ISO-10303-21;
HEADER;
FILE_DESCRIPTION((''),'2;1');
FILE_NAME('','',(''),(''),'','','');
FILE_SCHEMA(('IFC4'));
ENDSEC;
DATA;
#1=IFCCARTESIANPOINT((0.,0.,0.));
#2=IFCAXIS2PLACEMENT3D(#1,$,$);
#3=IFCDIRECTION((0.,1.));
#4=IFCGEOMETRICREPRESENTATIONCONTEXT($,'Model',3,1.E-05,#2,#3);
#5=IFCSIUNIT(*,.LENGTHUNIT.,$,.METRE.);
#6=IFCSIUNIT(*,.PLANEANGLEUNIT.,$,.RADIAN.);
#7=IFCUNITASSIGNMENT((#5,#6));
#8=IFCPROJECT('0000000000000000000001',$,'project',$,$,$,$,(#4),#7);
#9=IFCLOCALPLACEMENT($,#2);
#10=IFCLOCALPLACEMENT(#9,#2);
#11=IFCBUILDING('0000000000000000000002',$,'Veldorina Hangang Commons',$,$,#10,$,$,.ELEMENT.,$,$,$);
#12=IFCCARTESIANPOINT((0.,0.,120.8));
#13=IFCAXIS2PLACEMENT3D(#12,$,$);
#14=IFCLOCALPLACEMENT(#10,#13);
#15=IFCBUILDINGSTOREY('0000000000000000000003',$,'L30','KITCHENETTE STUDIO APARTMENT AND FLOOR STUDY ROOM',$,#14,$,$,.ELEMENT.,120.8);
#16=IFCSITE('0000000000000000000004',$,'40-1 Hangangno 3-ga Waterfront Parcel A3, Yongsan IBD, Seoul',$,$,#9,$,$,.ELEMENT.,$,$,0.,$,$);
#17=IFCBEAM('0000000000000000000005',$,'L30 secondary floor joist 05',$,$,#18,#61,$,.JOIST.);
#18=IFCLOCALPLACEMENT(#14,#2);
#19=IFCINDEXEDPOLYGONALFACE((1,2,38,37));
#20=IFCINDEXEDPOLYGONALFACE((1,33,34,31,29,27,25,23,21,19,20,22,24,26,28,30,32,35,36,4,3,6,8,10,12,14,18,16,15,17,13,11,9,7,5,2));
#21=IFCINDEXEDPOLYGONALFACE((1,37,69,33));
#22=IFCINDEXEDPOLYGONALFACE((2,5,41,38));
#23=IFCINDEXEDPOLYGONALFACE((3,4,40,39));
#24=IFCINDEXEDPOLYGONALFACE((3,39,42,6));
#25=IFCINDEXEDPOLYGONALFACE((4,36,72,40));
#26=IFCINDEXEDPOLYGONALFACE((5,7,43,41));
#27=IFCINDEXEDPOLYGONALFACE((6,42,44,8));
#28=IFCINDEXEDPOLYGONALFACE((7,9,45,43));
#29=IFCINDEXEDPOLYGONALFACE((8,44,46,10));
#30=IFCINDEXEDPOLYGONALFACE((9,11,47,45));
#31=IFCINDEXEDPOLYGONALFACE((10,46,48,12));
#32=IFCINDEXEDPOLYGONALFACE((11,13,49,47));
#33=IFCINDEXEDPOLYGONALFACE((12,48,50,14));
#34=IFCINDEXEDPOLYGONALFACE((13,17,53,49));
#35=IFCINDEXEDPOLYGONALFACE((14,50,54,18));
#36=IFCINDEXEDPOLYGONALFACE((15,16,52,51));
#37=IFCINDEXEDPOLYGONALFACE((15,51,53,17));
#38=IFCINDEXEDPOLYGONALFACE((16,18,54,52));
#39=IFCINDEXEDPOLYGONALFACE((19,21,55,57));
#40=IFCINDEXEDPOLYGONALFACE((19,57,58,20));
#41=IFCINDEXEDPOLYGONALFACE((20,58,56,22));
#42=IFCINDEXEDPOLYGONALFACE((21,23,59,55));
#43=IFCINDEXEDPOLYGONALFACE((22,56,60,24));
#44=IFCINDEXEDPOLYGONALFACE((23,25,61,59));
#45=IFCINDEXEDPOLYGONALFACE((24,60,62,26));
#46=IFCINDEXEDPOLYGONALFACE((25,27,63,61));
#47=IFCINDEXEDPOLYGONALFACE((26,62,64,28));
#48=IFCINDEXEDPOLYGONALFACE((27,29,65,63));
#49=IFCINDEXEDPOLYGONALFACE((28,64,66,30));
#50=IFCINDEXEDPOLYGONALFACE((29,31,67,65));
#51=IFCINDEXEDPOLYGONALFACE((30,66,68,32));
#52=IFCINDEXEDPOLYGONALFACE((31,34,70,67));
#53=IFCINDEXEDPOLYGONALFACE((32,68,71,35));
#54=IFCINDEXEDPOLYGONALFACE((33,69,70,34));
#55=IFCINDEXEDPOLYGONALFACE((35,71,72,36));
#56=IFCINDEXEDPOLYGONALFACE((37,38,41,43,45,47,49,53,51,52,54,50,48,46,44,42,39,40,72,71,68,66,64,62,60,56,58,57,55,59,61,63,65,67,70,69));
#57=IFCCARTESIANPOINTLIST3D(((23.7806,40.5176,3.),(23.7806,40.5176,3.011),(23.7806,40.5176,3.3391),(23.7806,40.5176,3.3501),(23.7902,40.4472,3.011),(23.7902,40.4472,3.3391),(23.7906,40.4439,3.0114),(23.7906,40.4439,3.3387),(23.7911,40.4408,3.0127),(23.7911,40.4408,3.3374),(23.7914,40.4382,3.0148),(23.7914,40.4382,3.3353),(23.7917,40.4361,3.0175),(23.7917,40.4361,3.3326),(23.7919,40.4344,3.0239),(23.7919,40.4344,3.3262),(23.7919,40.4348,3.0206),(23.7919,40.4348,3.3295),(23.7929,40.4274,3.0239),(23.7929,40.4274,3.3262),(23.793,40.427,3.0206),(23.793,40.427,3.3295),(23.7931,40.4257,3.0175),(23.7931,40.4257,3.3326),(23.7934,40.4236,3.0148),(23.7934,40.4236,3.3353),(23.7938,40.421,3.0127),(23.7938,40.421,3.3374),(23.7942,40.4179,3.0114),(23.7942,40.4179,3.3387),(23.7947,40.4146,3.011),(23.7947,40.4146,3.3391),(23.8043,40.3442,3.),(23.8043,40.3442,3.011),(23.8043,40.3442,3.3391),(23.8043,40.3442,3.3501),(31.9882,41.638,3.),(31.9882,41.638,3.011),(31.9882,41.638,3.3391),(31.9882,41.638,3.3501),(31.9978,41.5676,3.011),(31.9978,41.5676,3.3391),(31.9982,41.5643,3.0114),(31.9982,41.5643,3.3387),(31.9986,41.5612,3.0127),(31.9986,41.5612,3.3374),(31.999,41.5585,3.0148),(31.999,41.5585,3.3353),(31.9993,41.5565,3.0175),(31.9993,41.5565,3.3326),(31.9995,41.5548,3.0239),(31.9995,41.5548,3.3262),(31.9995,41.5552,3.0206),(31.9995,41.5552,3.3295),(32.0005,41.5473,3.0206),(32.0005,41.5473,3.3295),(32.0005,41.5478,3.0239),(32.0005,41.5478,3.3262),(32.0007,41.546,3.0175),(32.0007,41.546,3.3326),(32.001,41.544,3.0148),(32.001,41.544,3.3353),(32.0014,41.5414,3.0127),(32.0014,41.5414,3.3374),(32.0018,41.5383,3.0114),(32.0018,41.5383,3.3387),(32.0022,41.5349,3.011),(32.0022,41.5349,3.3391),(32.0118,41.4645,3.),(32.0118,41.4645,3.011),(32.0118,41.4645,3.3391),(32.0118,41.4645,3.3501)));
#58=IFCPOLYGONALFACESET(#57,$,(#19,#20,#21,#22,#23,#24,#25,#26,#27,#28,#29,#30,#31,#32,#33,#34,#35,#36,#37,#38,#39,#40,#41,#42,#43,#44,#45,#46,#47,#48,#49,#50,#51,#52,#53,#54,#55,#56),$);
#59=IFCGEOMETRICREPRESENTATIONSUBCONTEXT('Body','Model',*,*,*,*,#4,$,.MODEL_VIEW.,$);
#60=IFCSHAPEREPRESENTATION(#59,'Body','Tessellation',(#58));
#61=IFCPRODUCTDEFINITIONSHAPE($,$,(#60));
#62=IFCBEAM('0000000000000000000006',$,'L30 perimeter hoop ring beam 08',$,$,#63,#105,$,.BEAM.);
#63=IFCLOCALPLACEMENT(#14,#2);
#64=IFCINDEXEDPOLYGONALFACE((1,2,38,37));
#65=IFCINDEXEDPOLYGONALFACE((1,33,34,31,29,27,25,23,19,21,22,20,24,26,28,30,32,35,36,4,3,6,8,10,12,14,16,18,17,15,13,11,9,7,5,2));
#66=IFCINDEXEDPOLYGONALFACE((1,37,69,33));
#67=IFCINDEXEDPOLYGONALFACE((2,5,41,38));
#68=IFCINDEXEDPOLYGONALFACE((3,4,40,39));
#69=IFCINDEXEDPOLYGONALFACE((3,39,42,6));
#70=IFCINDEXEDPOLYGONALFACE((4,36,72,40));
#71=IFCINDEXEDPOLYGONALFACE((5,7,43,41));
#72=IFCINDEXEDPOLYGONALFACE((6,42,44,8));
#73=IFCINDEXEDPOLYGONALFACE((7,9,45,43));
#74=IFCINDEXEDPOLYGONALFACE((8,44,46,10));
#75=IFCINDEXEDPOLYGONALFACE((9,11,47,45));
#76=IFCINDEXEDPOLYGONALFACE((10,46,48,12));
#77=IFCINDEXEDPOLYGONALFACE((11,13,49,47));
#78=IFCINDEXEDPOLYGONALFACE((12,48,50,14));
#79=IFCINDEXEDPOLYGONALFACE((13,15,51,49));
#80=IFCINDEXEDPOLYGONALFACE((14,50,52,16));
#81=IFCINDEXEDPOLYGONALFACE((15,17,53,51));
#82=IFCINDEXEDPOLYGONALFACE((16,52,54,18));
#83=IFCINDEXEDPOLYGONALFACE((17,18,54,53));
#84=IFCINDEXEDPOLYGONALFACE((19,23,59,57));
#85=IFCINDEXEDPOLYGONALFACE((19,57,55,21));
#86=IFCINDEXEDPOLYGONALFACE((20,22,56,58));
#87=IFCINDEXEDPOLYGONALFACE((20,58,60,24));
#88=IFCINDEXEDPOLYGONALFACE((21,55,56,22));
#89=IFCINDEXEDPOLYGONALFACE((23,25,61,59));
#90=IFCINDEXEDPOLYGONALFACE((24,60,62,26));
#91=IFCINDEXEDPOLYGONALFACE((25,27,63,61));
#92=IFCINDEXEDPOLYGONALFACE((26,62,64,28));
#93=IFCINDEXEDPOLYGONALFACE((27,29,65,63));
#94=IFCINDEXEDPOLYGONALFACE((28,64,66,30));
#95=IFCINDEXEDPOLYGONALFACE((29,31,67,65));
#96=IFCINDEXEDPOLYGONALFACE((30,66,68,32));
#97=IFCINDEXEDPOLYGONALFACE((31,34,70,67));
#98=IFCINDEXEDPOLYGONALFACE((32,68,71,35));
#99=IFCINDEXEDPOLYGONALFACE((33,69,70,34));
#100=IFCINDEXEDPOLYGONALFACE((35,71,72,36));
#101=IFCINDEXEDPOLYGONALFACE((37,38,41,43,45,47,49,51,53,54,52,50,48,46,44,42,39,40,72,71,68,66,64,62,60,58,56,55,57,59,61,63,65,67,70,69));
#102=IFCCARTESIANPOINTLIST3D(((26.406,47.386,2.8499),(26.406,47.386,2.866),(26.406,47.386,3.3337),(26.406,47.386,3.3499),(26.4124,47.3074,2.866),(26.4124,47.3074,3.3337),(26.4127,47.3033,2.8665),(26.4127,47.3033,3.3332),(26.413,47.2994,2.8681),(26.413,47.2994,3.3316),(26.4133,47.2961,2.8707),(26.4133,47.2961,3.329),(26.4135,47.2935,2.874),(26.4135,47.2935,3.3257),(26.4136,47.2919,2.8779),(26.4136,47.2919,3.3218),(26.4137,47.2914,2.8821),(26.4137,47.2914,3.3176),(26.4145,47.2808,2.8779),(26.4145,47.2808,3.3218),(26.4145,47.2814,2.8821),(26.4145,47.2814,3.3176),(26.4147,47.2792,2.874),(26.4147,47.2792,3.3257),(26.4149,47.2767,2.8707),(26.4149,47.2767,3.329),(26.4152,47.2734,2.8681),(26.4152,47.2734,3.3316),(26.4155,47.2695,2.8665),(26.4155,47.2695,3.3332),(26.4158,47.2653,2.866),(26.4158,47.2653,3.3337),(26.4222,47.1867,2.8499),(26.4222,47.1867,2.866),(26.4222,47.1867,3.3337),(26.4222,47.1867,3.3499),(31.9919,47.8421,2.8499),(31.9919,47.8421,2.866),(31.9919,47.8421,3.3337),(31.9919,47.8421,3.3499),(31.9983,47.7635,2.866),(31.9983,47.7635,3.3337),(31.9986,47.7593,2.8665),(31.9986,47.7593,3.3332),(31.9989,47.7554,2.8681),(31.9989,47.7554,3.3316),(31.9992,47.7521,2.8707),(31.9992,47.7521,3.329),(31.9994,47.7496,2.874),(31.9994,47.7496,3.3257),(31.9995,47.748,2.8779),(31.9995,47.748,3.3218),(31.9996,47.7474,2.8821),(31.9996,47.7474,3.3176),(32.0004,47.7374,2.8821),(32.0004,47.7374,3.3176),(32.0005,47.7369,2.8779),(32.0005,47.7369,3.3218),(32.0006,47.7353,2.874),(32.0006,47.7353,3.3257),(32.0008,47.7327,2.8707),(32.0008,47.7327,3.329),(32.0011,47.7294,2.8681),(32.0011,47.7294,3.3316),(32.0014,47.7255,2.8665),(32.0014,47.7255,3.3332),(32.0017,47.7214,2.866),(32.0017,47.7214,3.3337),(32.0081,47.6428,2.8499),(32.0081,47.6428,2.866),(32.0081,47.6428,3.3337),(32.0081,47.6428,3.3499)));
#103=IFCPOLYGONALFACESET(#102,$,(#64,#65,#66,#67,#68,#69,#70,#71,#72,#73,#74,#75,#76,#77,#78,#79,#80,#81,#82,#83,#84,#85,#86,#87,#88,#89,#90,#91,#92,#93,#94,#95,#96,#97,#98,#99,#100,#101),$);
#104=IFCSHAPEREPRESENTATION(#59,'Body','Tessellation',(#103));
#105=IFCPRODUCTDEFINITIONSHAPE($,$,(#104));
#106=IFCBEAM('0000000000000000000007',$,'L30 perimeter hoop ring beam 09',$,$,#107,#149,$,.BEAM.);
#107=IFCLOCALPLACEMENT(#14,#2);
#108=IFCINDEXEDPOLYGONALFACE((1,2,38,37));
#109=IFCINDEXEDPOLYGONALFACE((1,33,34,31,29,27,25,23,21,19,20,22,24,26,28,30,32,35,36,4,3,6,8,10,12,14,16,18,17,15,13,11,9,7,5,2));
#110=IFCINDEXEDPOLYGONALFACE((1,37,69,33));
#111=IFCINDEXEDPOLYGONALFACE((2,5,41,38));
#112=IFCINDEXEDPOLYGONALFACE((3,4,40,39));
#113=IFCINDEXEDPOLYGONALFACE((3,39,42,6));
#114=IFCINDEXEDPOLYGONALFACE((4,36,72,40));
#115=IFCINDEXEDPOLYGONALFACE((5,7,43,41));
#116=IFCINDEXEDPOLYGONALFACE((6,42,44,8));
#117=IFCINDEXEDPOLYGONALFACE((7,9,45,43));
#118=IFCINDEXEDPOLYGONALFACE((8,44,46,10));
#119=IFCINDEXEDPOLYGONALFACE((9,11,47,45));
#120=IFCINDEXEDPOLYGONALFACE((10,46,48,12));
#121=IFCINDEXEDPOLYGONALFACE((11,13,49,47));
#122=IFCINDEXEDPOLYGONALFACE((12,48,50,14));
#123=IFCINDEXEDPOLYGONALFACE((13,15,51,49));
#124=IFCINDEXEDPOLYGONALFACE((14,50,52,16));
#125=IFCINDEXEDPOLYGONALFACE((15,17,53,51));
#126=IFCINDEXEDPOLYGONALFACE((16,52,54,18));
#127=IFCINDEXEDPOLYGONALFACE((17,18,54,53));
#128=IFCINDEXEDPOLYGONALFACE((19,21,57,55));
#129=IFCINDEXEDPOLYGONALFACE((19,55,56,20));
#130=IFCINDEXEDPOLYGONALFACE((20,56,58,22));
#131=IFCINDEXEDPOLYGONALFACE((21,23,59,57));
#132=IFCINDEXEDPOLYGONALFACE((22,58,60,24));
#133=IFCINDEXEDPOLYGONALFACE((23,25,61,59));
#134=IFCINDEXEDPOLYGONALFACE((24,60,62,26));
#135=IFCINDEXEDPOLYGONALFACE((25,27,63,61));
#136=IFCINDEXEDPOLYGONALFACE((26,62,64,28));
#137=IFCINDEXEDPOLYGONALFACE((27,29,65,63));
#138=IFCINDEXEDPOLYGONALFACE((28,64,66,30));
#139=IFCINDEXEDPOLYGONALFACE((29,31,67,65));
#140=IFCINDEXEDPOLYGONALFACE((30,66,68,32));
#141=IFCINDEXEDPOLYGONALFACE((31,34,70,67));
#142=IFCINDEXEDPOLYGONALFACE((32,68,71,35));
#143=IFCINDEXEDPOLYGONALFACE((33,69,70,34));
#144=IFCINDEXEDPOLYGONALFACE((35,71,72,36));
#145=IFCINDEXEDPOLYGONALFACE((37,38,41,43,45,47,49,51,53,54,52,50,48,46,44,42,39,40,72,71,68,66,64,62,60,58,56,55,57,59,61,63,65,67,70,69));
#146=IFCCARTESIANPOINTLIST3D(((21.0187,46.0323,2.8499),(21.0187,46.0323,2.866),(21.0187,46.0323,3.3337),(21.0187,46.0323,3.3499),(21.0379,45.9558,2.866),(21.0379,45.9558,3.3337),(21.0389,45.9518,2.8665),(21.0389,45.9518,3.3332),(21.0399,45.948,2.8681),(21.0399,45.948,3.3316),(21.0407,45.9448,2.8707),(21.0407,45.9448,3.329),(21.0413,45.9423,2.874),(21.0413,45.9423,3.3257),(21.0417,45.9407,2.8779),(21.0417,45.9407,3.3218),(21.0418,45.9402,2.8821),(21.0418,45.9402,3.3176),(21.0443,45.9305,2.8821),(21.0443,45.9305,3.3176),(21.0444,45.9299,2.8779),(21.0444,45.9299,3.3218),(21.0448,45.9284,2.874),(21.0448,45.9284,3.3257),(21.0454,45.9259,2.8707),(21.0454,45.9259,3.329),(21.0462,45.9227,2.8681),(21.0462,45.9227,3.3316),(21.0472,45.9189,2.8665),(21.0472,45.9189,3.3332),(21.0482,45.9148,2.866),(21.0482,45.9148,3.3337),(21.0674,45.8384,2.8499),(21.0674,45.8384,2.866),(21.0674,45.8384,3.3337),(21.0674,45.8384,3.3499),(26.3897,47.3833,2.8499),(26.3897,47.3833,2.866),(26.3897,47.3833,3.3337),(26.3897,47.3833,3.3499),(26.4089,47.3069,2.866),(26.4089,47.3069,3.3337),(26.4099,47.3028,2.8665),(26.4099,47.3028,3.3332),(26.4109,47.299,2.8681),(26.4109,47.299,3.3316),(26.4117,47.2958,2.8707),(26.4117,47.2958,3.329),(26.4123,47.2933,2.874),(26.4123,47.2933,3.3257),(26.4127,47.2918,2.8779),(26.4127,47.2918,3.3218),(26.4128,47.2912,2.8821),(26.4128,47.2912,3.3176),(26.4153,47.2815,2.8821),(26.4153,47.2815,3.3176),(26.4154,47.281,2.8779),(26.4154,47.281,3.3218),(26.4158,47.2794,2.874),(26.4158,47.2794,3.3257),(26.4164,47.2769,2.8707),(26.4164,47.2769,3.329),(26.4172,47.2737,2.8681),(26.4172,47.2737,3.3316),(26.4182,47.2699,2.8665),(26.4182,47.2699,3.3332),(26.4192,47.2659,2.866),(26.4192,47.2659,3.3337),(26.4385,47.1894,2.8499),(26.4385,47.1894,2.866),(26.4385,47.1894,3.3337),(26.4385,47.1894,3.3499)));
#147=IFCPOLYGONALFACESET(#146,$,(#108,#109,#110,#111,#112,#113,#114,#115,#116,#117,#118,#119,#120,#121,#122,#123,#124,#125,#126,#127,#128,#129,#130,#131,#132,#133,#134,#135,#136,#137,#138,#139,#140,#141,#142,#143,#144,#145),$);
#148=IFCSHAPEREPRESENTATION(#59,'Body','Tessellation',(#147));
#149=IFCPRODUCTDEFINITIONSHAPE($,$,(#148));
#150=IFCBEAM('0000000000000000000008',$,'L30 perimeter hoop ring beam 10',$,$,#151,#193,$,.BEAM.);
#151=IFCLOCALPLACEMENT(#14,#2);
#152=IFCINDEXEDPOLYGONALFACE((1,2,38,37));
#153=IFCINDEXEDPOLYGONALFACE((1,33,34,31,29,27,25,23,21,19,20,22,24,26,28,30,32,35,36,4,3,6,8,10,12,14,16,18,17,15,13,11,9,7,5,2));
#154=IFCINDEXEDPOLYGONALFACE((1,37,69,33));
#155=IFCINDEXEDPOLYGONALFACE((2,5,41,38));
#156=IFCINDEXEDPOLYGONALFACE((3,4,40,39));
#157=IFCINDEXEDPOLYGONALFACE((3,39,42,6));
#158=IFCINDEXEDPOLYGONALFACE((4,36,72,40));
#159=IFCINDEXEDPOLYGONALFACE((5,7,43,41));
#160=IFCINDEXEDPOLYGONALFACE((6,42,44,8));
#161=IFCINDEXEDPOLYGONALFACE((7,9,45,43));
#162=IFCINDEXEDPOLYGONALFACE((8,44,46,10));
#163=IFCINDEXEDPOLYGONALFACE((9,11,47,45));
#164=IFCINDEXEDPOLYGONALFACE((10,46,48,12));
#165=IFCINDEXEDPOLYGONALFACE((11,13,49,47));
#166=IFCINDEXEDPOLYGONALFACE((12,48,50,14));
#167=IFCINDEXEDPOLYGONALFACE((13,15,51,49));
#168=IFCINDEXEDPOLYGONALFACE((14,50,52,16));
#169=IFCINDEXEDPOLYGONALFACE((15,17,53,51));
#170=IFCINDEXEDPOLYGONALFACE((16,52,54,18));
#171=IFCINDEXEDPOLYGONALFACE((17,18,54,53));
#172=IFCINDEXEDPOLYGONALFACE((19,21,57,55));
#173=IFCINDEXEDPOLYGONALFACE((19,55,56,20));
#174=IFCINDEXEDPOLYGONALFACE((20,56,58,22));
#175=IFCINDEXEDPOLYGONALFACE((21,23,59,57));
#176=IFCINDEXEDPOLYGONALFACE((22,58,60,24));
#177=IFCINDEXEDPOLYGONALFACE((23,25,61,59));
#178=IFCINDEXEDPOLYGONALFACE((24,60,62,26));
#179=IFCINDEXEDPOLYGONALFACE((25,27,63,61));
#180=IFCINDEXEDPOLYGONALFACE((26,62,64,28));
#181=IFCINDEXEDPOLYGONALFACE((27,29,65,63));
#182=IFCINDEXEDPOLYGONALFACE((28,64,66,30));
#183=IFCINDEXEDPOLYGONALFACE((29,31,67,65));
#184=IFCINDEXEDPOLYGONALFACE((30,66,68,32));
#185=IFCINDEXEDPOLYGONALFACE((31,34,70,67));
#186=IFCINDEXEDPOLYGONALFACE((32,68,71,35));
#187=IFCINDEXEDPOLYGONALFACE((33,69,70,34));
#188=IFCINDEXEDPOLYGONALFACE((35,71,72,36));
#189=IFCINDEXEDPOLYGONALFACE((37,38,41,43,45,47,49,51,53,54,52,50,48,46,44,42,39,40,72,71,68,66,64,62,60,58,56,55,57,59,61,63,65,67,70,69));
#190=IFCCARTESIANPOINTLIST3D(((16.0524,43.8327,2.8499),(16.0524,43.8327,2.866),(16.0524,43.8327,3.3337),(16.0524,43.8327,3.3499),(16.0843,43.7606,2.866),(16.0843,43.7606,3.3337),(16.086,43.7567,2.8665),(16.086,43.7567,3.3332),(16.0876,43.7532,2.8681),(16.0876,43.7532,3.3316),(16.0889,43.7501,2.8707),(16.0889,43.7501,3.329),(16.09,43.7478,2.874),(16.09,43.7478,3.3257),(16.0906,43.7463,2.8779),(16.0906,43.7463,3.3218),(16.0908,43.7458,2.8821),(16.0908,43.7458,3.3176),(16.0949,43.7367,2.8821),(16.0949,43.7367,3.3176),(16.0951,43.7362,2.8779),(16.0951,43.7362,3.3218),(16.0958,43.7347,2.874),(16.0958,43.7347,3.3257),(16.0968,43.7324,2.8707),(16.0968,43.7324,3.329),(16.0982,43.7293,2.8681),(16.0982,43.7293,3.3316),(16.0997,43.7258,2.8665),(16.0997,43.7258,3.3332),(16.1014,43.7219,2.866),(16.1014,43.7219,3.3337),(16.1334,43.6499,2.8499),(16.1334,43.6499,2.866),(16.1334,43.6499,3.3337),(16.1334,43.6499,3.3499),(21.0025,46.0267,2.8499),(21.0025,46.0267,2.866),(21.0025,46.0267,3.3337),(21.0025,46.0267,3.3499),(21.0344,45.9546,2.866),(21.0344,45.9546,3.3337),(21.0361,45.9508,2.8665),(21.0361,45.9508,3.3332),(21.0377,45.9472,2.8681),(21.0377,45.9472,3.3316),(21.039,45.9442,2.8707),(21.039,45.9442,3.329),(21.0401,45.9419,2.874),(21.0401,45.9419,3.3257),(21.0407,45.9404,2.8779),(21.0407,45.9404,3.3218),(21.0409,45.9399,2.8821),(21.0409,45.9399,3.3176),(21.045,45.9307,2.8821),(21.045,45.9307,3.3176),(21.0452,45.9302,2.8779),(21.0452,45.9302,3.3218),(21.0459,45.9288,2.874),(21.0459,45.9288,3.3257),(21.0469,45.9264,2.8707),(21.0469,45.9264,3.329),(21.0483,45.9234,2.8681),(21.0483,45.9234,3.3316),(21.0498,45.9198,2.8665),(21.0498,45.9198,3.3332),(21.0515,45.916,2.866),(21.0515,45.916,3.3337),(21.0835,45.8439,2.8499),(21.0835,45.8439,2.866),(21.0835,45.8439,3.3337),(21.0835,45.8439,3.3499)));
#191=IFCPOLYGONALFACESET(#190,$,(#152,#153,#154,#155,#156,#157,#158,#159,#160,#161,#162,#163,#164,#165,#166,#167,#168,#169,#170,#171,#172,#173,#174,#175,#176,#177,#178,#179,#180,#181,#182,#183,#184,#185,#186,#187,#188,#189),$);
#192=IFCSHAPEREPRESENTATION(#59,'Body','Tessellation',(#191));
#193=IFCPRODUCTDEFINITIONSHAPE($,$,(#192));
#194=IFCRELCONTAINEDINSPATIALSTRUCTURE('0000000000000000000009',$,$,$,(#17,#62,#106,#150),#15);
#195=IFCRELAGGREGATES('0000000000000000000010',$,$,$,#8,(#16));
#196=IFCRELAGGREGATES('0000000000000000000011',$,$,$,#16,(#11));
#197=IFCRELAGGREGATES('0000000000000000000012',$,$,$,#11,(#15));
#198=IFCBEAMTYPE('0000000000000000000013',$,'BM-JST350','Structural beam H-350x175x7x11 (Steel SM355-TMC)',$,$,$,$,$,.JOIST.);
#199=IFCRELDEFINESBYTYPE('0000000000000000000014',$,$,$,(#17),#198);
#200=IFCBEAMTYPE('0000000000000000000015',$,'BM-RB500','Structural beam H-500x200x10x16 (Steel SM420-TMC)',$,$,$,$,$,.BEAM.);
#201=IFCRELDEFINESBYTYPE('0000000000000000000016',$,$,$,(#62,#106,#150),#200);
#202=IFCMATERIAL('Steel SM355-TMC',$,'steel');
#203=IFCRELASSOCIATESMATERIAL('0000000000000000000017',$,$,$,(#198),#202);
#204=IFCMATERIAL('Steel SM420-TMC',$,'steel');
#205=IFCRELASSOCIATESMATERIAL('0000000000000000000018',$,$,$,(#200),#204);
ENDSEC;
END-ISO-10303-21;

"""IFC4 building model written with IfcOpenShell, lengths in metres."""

from ifc_helpers import new_model, si_unit, direction, frame, origin, origin_2d, place, context, subcontext, project, spatial, i_section, extrude, material, material_profile, profile_set, type_object, element, save


model = new_model("IFC4")

# Units and contexts
model_context = context("Model", 3, precision=1e-05, world=origin(), true_north=direction((0.0, 1.0)))
body_context = subcontext(model_context, "Body", "Model", "MODEL_VIEW")
ifc_project = project(units=[si_unit("LENGTHUNIT", "METRE"), si_unit("PLANEANGLEUNIT", "RADIAN")], contexts=[model_context])

# Site, building, storey
site_placement = place(None, origin())
site = spatial("IfcSite", under=ifc_project, at=site_placement, Name="40-1 Hangangno 3-ga Waterfront Parcel A3, Yongsan IBD, Seoul", CompositionType="ELEMENT", RefElevation=0.0)
building_placement = place(site_placement, origin())
building = spatial("IfcBuilding", under=site, at=building_placement, Name="Veldorina Hangang Commons", CompositionType="ELEMENT")
storey_placement = place(building_placement, frame((0.0, 0.0, 120.8)))
storey = spatial("IfcBuildingStorey", under=building, at=storey_placement, Name="L30", Description="KITCHENETTE STUDIO APARTMENT AND FLOOR STUDY ROOM", CompositionType="ELEMENT", Elevation=120.8)

# Beams
ifc_material_1 = material(Name="Steel SM355-TMC", Category="steel")
ifc_material_profile_1 = material_profile(ifc_material_1, i_section(OverallWidth=0.175, OverallDepth=0.3501, WebThickness=0.0071, FlangeThickness=0.011, FilletRadius=0.0129, at=origin_2d()), Name="H-350x175x7x11")
ifc_profile_set_1 = profile_set([ifc_material_profile_1], Name="Steel SM355-TMC")
beam_type_1 = type_object("IfcBeamType", Name="BM-JST350", Description="Structural beam H-350x175x7x11 (Steel SM355-TMC)", PredefinedType="JOIST", material=ifc_profile_set_1)
beam_1_placement = place(storey_placement, frame((32.0, 41.5513, 3.175), z_axis=(-0.990812, -0.13525, 0.0), x_axis=(0.13525, -0.990812, 0.0)))
element("IfcBeam", 1, at=beam_1_placement, inside=storey, type_object=beam_type_1, Name="L30 secondary floor joist 05", PredefinedType="JOIST", context=body_context, shape_type="SweptSolid", body=[
    extrude(i_section(OverallWidth=0.175, OverallDepth=0.3501, WebThickness=0.0071, FlangeThickness=0.011, FilletRadius=0.0129, at=origin_2d()), origin(), (0.0, 0.0, 1.0), 8.2837),
])
ifc_material_2 = material(Name="Steel SM420-TMC", Category="steel")
ifc_material_profile_2 = material_profile(ifc_material_2, i_section(OverallWidth=0.2, OverallDepth=0.5, WebThickness=0.01, FlangeThickness=0.0161, FilletRadius=0.0161, at=origin_2d()), Name="H-500x200x10x16")
ifc_profile_set_2 = profile_set([ifc_material_profile_2], Name="Steel SM420-TMC")
beam_type_2 = type_object("IfcBeamType", Name="BM-RB500", Description="Structural beam H-500x200x10x16 (Steel SM420-TMC)", PredefinedType="BEAM", material=ifc_profile_set_2)
beam_2_placement = place(storey_placement, frame((32.0, 47.7424, 3.0999), z_axis=(-0.996684, -0.081373, 0.0), x_axis=(0.081373, -0.996684, 0.0)))
element("IfcBeam", 2, at=beam_2_placement, inside=storey, type_object=beam_type_2, Name="L30 perimeter hoop ring beam 08", PredefinedType="BEAM", context=body_context, shape_type="SweptSolid", body=[
    extrude(i_section(OverallWidth=0.2, OverallDepth=0.5, WebThickness=0.01, FlangeThickness=0.0161, FilletRadius=0.0161, at=origin_2d()), origin(), (0.0, 0.0, 1.0), 5.6045),
])
beam_3_placement = place(storey_placement, frame((26.4141, 47.2864, 3.0999), z_axis=(-0.969789, -0.243946, 0.0), x_axis=(0.243946, -0.969789, 0.0)))
element("IfcBeam", 3, at=beam_3_placement, inside=storey, type_object=beam_type_2, Name="L30 perimeter hoop ring beam 09", PredefinedType="BEAM", context=body_context, shape_type="SweptSolid", body=[
    extrude(i_section(OverallWidth=0.2, OverallDepth=0.5, WebThickness=0.01, FlangeThickness=0.0161, FilletRadius=0.0161, at=origin_2d()), origin(), (0.0, 0.0, 1.0), 5.5383),
])
beam_4_placement = place(storey_placement, frame((21.043, 45.9353, 3.0999), z_axis=(-0.914222, -0.405214, 0.0), x_axis=(0.405214, -0.914222, 0.0)))
element("IfcBeam", 4, at=beam_4_placement, inside=storey, type_object=beam_type_2, Name="L30 perimeter hoop ring beam 10", PredefinedType="BEAM", context=body_context, shape_type="SweptSolid", body=[
    extrude(i_section(OverallWidth=0.2, OverallDepth=0.5, WebThickness=0.01, FlangeThickness=0.0161, FilletRadius=0.0161, at=origin_2d()), origin(), (0.0, 0.0, 1.0), 5.4146),
])

save(model, "model.ifc")
